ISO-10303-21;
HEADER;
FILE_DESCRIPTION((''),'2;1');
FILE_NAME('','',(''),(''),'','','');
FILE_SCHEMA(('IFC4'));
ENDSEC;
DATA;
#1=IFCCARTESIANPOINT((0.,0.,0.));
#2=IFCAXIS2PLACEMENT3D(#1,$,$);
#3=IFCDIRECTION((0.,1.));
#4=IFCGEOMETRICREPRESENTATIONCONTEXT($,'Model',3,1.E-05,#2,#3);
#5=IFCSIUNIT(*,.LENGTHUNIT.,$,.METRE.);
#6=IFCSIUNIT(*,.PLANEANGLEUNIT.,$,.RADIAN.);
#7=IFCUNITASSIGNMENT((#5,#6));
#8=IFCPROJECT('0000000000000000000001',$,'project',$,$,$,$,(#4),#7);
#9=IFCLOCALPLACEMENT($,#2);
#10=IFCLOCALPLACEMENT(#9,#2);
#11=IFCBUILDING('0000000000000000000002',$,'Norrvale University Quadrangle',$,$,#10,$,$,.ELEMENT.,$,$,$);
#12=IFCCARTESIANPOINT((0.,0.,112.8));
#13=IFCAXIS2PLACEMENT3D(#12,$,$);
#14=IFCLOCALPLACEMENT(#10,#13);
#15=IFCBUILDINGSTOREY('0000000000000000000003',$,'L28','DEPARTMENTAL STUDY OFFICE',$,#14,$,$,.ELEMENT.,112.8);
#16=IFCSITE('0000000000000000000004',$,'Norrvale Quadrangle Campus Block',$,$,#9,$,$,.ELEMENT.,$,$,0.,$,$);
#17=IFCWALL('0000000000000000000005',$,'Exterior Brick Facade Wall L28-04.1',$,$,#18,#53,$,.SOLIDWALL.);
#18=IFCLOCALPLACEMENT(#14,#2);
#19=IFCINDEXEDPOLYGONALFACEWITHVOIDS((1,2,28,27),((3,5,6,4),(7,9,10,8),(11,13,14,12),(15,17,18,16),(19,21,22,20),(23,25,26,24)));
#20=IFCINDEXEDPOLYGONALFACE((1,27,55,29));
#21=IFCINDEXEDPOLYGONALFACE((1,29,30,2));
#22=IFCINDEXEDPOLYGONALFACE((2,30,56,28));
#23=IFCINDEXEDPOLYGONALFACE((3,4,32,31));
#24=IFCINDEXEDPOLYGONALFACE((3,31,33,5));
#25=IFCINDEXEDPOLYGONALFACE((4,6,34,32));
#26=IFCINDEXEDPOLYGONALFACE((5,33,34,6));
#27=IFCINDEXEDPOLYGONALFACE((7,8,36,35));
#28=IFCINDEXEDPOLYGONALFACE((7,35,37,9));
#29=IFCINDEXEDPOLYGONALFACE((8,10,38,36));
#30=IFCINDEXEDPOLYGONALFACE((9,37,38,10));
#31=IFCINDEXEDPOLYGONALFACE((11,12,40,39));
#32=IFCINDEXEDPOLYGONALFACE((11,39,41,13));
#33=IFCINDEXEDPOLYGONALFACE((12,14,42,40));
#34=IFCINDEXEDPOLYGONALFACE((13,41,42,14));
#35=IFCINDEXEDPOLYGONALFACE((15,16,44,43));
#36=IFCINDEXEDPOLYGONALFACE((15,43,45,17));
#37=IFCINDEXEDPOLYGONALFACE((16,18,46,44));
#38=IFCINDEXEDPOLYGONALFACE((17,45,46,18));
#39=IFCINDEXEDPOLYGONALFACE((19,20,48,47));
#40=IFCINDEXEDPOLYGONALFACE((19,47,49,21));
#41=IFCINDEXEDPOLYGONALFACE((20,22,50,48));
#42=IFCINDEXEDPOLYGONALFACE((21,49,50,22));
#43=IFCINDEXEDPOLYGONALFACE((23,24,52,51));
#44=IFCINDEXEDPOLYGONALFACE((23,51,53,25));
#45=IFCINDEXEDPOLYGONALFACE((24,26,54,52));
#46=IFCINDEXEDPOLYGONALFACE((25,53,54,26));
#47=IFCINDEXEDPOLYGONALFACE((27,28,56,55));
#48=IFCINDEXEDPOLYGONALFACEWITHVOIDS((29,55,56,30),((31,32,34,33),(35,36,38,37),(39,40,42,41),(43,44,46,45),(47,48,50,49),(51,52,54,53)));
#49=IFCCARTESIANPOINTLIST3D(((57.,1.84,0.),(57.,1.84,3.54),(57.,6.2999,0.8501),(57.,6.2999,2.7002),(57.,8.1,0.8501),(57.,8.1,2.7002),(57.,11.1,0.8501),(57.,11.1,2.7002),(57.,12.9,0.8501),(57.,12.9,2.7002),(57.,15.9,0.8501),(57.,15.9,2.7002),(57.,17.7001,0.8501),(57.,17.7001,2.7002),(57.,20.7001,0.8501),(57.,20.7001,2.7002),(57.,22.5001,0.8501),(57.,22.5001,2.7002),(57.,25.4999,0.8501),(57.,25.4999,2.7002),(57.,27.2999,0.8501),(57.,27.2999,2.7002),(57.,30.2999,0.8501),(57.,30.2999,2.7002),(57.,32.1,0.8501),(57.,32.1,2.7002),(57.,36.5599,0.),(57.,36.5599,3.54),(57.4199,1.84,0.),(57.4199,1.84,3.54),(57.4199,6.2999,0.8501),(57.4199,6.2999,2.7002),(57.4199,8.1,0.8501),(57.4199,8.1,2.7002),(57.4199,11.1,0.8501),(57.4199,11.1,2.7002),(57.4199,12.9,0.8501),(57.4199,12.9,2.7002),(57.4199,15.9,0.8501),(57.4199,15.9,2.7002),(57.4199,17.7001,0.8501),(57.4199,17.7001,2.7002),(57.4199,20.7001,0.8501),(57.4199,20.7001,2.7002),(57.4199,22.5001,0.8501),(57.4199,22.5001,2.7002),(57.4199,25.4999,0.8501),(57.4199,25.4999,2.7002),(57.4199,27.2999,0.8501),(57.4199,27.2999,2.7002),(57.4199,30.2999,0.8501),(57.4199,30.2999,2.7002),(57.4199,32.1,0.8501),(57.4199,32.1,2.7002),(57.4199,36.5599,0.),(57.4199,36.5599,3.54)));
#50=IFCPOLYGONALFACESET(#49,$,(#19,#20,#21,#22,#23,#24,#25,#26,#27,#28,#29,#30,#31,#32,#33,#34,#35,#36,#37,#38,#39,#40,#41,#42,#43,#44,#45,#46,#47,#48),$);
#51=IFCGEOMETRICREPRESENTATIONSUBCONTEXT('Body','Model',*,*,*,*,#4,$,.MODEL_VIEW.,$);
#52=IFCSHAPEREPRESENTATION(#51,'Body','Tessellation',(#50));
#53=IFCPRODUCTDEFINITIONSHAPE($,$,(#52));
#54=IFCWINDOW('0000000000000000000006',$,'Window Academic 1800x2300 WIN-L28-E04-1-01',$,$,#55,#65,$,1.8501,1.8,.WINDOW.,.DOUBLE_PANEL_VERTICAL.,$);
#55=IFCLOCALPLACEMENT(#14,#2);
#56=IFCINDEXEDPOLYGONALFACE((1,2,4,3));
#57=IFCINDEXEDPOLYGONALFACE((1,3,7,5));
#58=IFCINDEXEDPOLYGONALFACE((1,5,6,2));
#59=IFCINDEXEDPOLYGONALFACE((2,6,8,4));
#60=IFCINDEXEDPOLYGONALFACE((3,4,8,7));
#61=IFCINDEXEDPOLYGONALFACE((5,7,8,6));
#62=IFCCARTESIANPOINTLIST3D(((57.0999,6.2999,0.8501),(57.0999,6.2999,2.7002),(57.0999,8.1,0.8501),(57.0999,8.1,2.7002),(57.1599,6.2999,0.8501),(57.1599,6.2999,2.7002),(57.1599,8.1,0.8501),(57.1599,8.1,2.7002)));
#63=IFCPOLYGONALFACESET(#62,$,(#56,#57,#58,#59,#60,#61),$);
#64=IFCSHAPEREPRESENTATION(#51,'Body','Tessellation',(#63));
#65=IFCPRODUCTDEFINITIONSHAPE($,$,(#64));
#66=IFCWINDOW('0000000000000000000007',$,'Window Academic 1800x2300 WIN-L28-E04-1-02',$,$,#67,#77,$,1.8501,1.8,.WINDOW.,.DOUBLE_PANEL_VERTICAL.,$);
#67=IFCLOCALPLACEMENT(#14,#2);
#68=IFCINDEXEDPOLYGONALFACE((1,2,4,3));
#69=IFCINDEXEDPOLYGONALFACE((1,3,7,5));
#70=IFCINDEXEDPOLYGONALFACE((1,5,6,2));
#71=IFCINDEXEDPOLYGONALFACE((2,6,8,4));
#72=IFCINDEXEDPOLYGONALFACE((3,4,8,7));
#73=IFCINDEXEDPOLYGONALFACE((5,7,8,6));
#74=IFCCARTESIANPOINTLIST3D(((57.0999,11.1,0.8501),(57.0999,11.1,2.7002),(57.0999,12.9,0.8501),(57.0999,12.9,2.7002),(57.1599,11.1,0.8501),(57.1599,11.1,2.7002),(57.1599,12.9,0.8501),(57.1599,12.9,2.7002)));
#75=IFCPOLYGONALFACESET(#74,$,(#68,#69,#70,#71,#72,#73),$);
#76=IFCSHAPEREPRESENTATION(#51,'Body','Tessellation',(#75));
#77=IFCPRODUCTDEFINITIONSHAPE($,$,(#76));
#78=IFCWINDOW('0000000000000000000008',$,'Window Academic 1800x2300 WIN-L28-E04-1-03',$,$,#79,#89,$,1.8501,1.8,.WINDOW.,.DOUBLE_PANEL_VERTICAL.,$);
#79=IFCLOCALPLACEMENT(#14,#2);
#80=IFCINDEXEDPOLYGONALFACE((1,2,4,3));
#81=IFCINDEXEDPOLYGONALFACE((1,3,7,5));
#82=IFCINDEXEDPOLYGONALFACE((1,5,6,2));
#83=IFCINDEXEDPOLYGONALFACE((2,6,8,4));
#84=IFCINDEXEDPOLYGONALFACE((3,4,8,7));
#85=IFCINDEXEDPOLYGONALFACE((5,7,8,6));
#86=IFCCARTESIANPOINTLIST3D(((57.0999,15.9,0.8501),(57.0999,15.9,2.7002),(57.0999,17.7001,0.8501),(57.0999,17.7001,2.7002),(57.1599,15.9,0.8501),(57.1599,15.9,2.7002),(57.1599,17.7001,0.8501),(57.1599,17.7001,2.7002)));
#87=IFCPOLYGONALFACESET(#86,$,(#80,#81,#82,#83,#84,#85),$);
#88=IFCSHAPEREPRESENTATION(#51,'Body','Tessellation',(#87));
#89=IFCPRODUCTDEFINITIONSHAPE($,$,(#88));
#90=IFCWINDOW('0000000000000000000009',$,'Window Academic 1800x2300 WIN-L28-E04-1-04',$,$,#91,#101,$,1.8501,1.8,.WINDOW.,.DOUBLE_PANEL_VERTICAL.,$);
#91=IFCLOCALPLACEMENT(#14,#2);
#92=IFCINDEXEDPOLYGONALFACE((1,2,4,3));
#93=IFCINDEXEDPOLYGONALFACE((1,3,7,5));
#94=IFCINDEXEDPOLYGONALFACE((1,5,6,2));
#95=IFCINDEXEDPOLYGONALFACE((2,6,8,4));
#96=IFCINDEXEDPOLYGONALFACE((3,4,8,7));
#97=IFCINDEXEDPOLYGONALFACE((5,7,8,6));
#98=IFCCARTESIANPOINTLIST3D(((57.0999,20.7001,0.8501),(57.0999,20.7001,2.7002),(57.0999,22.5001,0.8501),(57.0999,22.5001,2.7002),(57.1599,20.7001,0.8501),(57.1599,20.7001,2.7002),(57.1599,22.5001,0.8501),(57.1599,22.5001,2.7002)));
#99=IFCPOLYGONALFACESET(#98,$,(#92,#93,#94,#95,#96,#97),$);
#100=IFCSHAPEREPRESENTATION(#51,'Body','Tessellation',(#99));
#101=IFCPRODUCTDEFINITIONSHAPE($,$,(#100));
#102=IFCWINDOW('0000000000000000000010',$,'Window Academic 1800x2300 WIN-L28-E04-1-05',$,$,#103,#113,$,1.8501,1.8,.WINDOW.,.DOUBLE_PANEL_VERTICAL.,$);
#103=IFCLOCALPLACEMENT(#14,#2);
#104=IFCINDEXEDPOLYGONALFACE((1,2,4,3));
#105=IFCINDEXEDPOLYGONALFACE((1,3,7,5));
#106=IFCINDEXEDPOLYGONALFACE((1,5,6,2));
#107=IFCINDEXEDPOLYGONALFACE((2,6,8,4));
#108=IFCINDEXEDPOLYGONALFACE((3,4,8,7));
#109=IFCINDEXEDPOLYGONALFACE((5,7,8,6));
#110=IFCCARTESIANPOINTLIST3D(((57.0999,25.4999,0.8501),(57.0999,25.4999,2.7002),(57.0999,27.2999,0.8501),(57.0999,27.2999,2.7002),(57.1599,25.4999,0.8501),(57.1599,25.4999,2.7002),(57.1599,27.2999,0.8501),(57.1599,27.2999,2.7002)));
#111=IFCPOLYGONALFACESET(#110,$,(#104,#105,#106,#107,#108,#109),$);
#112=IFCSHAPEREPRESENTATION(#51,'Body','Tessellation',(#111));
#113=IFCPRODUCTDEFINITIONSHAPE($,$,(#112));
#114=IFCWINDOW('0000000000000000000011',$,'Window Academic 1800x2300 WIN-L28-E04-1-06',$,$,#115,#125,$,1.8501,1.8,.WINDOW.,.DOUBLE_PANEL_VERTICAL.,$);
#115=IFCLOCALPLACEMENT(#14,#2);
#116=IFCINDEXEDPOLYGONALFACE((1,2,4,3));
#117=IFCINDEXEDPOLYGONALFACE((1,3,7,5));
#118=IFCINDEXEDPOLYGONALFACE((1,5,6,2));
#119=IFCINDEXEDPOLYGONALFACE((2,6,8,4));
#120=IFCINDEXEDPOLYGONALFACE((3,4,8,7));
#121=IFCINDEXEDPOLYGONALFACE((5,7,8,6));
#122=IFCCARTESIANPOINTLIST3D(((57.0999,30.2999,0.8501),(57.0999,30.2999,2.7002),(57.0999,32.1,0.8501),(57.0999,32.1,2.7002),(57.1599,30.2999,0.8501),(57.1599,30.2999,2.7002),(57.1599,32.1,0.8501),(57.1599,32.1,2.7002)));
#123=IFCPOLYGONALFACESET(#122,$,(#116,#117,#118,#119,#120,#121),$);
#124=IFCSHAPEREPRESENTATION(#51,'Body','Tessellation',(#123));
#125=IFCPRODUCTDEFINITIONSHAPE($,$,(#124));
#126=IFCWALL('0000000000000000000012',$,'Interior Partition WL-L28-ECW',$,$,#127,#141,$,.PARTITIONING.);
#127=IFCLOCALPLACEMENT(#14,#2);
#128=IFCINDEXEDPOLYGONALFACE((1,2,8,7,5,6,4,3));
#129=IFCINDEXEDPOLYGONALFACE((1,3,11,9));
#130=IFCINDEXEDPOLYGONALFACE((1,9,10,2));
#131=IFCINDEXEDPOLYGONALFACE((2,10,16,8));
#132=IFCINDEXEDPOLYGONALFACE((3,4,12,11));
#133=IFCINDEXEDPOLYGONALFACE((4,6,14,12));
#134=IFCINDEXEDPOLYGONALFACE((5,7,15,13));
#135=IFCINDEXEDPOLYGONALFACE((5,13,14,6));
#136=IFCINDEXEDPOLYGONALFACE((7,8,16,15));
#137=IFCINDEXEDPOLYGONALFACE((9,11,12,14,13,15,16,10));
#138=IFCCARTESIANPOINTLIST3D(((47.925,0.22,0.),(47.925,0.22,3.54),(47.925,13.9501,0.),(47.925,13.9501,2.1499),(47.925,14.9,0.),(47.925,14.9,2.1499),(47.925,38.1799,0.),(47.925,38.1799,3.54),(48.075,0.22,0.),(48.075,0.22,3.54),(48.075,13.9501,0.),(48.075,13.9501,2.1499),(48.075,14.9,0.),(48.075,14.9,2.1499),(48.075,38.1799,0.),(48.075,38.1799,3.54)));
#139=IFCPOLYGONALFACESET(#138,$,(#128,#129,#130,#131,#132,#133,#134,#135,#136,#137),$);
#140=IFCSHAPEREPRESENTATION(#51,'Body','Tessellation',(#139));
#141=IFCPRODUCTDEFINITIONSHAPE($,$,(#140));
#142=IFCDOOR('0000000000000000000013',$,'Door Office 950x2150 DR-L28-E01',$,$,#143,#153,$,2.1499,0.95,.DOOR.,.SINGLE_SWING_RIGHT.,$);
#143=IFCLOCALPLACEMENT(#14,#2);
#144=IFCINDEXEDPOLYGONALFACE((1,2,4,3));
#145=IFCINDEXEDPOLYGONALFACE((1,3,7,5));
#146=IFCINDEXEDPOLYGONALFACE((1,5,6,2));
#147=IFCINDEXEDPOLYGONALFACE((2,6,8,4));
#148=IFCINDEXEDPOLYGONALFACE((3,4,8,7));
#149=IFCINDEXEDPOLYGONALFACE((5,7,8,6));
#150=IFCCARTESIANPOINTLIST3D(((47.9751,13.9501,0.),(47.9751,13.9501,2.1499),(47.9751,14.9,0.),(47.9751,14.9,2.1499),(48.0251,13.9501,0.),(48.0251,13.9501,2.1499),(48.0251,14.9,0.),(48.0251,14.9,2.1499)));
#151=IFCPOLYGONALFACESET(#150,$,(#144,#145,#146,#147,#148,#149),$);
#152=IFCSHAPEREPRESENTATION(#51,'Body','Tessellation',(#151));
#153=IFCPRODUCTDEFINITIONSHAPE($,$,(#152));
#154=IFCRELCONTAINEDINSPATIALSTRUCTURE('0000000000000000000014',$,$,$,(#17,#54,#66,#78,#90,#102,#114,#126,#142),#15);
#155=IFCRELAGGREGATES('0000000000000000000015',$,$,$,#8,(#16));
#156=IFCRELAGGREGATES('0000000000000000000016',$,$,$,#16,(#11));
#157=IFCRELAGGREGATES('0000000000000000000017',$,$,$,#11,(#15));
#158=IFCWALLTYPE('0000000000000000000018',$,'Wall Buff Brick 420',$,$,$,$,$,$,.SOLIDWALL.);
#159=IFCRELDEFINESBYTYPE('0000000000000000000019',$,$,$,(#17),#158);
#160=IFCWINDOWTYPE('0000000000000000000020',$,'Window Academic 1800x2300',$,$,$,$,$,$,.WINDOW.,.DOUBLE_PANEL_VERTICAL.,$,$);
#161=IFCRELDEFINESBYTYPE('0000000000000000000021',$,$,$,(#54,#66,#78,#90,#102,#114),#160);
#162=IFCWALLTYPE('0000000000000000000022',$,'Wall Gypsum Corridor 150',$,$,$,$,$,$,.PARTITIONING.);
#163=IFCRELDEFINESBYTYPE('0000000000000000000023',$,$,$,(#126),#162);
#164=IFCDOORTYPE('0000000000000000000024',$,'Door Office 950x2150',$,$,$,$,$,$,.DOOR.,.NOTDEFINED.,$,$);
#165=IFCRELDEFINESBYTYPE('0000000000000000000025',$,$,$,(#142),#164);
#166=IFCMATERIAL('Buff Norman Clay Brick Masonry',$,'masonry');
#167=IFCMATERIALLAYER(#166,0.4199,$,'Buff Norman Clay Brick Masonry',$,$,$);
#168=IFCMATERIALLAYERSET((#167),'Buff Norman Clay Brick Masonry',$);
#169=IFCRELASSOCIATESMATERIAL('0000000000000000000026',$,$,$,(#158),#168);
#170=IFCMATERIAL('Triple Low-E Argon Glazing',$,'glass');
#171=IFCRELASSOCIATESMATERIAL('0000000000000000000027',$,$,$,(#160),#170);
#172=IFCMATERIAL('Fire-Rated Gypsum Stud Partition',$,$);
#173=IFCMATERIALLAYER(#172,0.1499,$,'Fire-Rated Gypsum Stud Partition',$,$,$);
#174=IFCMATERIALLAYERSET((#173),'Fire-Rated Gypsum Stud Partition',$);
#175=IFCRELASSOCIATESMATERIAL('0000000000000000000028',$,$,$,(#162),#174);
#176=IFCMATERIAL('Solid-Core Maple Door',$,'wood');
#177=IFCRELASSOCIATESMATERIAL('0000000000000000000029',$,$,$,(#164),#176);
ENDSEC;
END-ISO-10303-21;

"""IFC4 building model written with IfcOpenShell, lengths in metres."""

from ifc_helpers import new_model, si_unit, direction, frame, frame_2d, origin, place, context, subcontext, project, spatial, rectangle, extrude, material, layer, layer_set, type_object, element, fill, save


model = new_model("IFC4")

# Units and contexts
model_context = context("Model", 3, precision=1e-05, world=origin(), true_north=direction((0.0, 1.0)))
body_context = subcontext(model_context, "Body", "Model", "MODEL_VIEW")
ifc_project = project(units=[si_unit("LENGTHUNIT", "METRE"), si_unit("PLANEANGLEUNIT", "RADIAN")], contexts=[model_context])

# Site, building, storey
site_placement = place(None, origin())
site = spatial("IfcSite", under=ifc_project, at=site_placement, Name="Norrvale Quadrangle Campus Block", CompositionType="ELEMENT", RefElevation=0.0)
building_placement = place(site_placement, origin())
building = spatial("IfcBuilding", under=site, at=building_placement, Name="Norrvale University Quadrangle", CompositionType="ELEMENT")
storey_placement = place(building_placement, frame((0.0, 0.0, 112.8)))
storey = spatial("IfcBuildingStorey", under=building, at=storey_placement, Name="L28", Description="DEPARTMENTAL STUDY OFFICE", CompositionType="ELEMENT", Elevation=112.8)

# Shared definitions
ifc_material_1 = material(Name="Buff Norman Clay Brick Masonry", Category="masonry")
ifc_layer_1 = layer(ifc_material_1, 0.4199, Name="Buff Norman Clay Brick Masonry")
ifc_layer_set_1 = layer_set([ifc_layer_1], Name="Buff Norman Clay Brick Masonry")
wall_type_1 = type_object("IfcWallType", Name="Wall Buff Brick 420", PredefinedType="SOLIDWALL", material=ifc_layer_set_1)

# Wall, openings, windows
wall_1_placement = place(storey_placement, frame((57.21, 1.8401, 0.0), z_axis=(0.0, 0.0, 1.0), x_axis=(0.0, 1.0, 0.0)))
wall_1 = element("IfcWall", 1, at=wall_1_placement, inside=storey, type_object=wall_type_1, Name="Exterior Brick Facade Wall L28-04.1", PredefinedType="SOLIDWALL", context=body_context, shape_type="SweptSolid", body=[
    extrude(rectangle(XDim=34.72, YDim=0.4199, at=frame_2d((17.3599, 0.0))), origin(), (0.0, 0.0, 1.0), 3.54),
])
opening_1_placement = place(wall_1_placement, frame((4.46, 0.0, 0.8501)))
opening_1 = element("IfcOpeningElement", 2, at=opening_1_placement, cuts=wall_1, PredefinedType="OPENING", context=body_context, shape_type="SweptSolid", body=[
    extrude(rectangle(XDim=1.8, YDim=1.8501, at=frame_2d((0.8999, 0.925))), frame((0.0, 0.2219, 0.0), z_axis=(0.0, -1.0, 0.0), x_axis=(1.0, 0.0, 0.0)), (0.0, 0.0, 1.0), 0.4438),
])
opening_2_placement = place(wall_1_placement, frame((9.26, 0.0, 0.8501)))
opening_2 = element("IfcOpeningElement", 3, at=opening_2_placement, cuts=wall_1, PredefinedType="OPENING", context=body_context, shape_type="SweptSolid", body=[
    extrude(rectangle(XDim=1.8, YDim=1.8501, at=frame_2d((0.8999, 0.925))), frame((0.0, 0.2219, 0.0), z_axis=(0.0, -1.0, 0.0), x_axis=(1.0, 0.0, 0.0)), (0.0, 0.0, 1.0), 0.4438),
])
opening_3_placement = place(wall_1_placement, frame((14.0601, 0.0, 0.8501)))
opening_3 = element("IfcOpeningElement", 4, at=opening_3_placement, cuts=wall_1, PredefinedType="OPENING", context=body_context, shape_type="SweptSolid", body=[
    extrude(rectangle(XDim=1.8, YDim=1.8501, at=frame_2d((0.8999, 0.925))), frame((0.0, 0.2219, 0.0), z_axis=(0.0, -1.0, 0.0), x_axis=(1.0, 0.0, 0.0)), (0.0, 0.0, 1.0), 0.4438),
])
opening_4_placement = place(wall_1_placement, frame((18.8601, 0.0, 0.8501)))
opening_4 = element("IfcOpeningElement", 5, at=opening_4_placement, cuts=wall_1, PredefinedType="OPENING", context=body_context, shape_type="SweptSolid", body=[
    extrude(rectangle(XDim=1.8, YDim=1.8501, at=frame_2d((0.8999, 0.925))), frame((0.0, 0.2219, 0.0), z_axis=(0.0, -1.0, 0.0), x_axis=(1.0, 0.0, 0.0)), (0.0, 0.0, 1.0), 0.4438),
])
opening_5_placement = place(wall_1_placement, frame((23.6599, 0.0, 0.8501)))
opening_5 = element("IfcOpeningElement", 6, at=opening_5_placement, cuts=wall_1, PredefinedType="OPENING", context=body_context, shape_type="SweptSolid", body=[
    extrude(rectangle(XDim=1.8, YDim=1.8501, at=frame_2d((0.8999, 0.925))), frame((0.0, 0.2219, 0.0), z_axis=(0.0, -1.0, 0.0), x_axis=(1.0, 0.0, 0.0)), (0.0, 0.0, 1.0), 0.4438),
])
opening_6_placement = place(wall_1_placement, frame((28.46, 0.0, 0.8501)))
opening_6 = element("IfcOpeningElement", 7, at=opening_6_placement, cuts=wall_1, PredefinedType="OPENING", context=body_context, shape_type="SweptSolid", body=[
    extrude(rectangle(XDim=1.8, YDim=1.8501, at=frame_2d((0.8999, 0.925))), frame((0.0, 0.2219, 0.0), z_axis=(0.0, -1.0, 0.0), x_axis=(1.0, 0.0, 0.0)), (0.0, 0.0, 1.0), 0.4438),
])
ifc_material_2 = material(Name="Triple Low-E Argon Glazing", Category="glass")
window_type = type_object("IfcWindowType", Name="Window Academic 1800x2300", PartitioningType="DOUBLE_PANEL_VERTICAL", PredefinedType="WINDOW", material=ifc_material_2)
window_1_placement = place(opening_1_placement, origin())
window_1 = element("IfcWindow", 8, at=window_1_placement, inside=storey, type_object=window_type, Name="Window Academic 1800x2300 WIN-L28-E04-1-01", OverallHeight=1.8501, OverallWidth=1.8, PartitioningType="DOUBLE_PANEL_VERTICAL", PredefinedType="WINDOW", context=body_context, shape_type="SweptSolid", body=[
    extrude(rectangle(XDim=1.8, YDim=1.8501, at=frame_2d((0.8999, 0.925))), frame((0.0, 0.1101, 0.0), z_axis=(0.0, -1.0, 0.0), x_axis=(1.0, 0.0, 0.0)), (0.0, 0.0, 1.0), 0.0601),
])
fill(opening_1, window_1)
window_2_placement = place(opening_2_placement, origin())
window_2 = element("IfcWindow", 9, at=window_2_placement, inside=storey, type_object=window_type, Name="Window Academic 1800x2300 WIN-L28-E04-1-02", OverallHeight=1.8501, OverallWidth=1.8, PartitioningType="DOUBLE_PANEL_VERTICAL", PredefinedType="WINDOW", context=body_context, shape_type="SweptSolid", body=[
    extrude(rectangle(XDim=1.8, YDim=1.8501, at=frame_2d((0.8999, 0.925))), frame((0.0, 0.1101, 0.0), z_axis=(0.0, -1.0, 0.0), x_axis=(1.0, 0.0, 0.0)), (0.0, 0.0, 1.0), 0.0601),
])
fill(opening_2, window_2)
window_3_placement = place(opening_3_placement, origin())
window_3 = element("IfcWindow", 10, at=window_3_placement, inside=storey, type_object=window_type, Name="Window Academic 1800x2300 WIN-L28-E04-1-03", OverallHeight=1.8501, OverallWidth=1.8, PartitioningType="DOUBLE_PANEL_VERTICAL", PredefinedType="WINDOW", context=body_context, shape_type="SweptSolid", body=[
    extrude(rectangle(XDim=1.8, YDim=1.8501, at=frame_2d((0.8999, 0.925))), frame((0.0, 0.1101, 0.0), z_axis=(0.0, -1.0, 0.0), x_axis=(1.0, 0.0, 0.0)), (0.0, 0.0, 1.0), 0.0601),
])
fill(opening_3, window_3)
window_4_placement = place(opening_4_placement, origin())
window_4 = element("IfcWindow", 11, at=window_4_placement, inside=storey, type_object=window_type, Name="Window Academic 1800x2300 WIN-L28-E04-1-04", OverallHeight=1.8501, OverallWidth=1.8, PartitioningType="DOUBLE_PANEL_VERTICAL", PredefinedType="WINDOW", context=body_context, shape_type="SweptSolid", body=[
    extrude(rectangle(XDim=1.8, YDim=1.8501, at=frame_2d((0.8999, 0.925))), frame((0.0, 0.1101, 0.0), z_axis=(0.0, -1.0, 0.0), x_axis=(1.0, 0.0, 0.0)), (0.0, 0.0, 1.0), 0.0601),
])
fill(opening_4, window_4)
window_5_placement = place(opening_5_placement, origin())
window_5 = element("IfcWindow", 12, at=window_5_placement, inside=storey, type_object=window_type, Name="Window Academic 1800x2300 WIN-L28-E04-1-05", OverallHeight=1.8501, OverallWidth=1.8, PartitioningType="DOUBLE_PANEL_VERTICAL", PredefinedType="WINDOW", context=body_context, shape_type="SweptSolid", body=[
    extrude(rectangle(XDim=1.8, YDim=1.8501, at=frame_2d((0.8999, 0.925))), frame((0.0, 0.1101, 0.0), z_axis=(0.0, -1.0, 0.0), x_axis=(1.0, 0.0, 0.0)), (0.0, 0.0, 1.0), 0.0601),
])
fill(opening_5, window_5)
window_6_placement = place(opening_6_placement, origin())
window_6 = element("IfcWindow", 13, at=window_6_placement, inside=storey, type_object=window_type, Name="Window Academic 1800x2300 WIN-L28-E04-1-06", OverallHeight=1.8501, OverallWidth=1.8, PartitioningType="DOUBLE_PANEL_VERTICAL", PredefinedType="WINDOW", context=body_context, shape_type="SweptSolid", body=[
    extrude(rectangle(XDim=1.8, YDim=1.8501, at=frame_2d((0.8999, 0.925))), frame((0.0, 0.1101, 0.0), z_axis=(0.0, -1.0, 0.0), x_axis=(1.0, 0.0, 0.0)), (0.0, 0.0, 1.0), 0.0601),
])
fill(opening_6, window_6)

# Wall, opening, door
ifc_material_3 = material(Name="Fire-Rated Gypsum Stud Partition")
ifc_layer_2 = layer(ifc_material_3, 0.1499, Name="Fire-Rated Gypsum Stud Partition")
ifc_layer_set_2 = layer_set([ifc_layer_2], Name="Fire-Rated Gypsum Stud Partition")
wall_type_2 = type_object("IfcWallType", Name="Wall Gypsum Corridor 150", PredefinedType="PARTITIONING", material=ifc_layer_set_2)
wall_2_placement = place(storey_placement, frame((48.0, 0.22, 0.0), z_axis=(0.0, 0.0, 1.0), x_axis=(0.0, 1.0, 0.0)))
wall_2 = element("IfcWall", 14, at=wall_2_placement, inside=storey, type_object=wall_type_2, Name="Interior Partition WL-L28-ECW", PredefinedType="PARTITIONING", context=body_context, shape_type="SweptSolid", body=[
    extrude(rectangle(XDim=37.96, YDim=0.1499, at=frame_2d((18.98, 0.0))), origin(), (0.0, 0.0, 1.0), 3.54),
])
opening_7_placement = place(wall_2_placement, frame((13.73, 0.0, 0.0)))
opening_7 = element("IfcOpeningElement", 15, at=opening_7_placement, cuts=wall_2, PredefinedType="OPENING", context=body_context, shape_type="SweptSolid", body=[
    extrude(rectangle(XDim=0.95, YDim=2.1499, at=frame_2d((0.4751, 1.075))), frame((0.0, 0.0869, 0.0), z_axis=(0.0, -1.0, 0.0), x_axis=(1.0, 0.0, 0.0)), (0.0, 0.0, 1.0), 0.1738),
])
ifc_material_4 = material(Name="Solid-Core Maple Door", Category="wood")
door_type = type_object("IfcDoorType", Name="Door Office 950x2150", OperationType="NOTDEFINED", PredefinedType="DOOR", material=ifc_material_4)
door_placement = place(opening_7_placement, origin())
door = element("IfcDoor", 16, at=door_placement, inside=storey, type_object=door_type, Name="Door Office 950x2150 DR-L28-E01", OperationType="SINGLE_SWING_RIGHT", OverallHeight=2.1499, OverallWidth=0.95, PredefinedType="DOOR", context=body_context, shape_type="SweptSolid", body=[
    extrude(rectangle(XDim=0.95, YDim=2.1499, at=frame_2d((0.4751, 1.075))), frame((0.0, 0.0249, 0.0), z_axis=(0.0, -1.0, 0.0), x_axis=(1.0, 0.0, 0.0)), (0.0, 0.0, 1.0), 0.05),
])
fill(opening_7, door)

save(model, "model.ifc")
